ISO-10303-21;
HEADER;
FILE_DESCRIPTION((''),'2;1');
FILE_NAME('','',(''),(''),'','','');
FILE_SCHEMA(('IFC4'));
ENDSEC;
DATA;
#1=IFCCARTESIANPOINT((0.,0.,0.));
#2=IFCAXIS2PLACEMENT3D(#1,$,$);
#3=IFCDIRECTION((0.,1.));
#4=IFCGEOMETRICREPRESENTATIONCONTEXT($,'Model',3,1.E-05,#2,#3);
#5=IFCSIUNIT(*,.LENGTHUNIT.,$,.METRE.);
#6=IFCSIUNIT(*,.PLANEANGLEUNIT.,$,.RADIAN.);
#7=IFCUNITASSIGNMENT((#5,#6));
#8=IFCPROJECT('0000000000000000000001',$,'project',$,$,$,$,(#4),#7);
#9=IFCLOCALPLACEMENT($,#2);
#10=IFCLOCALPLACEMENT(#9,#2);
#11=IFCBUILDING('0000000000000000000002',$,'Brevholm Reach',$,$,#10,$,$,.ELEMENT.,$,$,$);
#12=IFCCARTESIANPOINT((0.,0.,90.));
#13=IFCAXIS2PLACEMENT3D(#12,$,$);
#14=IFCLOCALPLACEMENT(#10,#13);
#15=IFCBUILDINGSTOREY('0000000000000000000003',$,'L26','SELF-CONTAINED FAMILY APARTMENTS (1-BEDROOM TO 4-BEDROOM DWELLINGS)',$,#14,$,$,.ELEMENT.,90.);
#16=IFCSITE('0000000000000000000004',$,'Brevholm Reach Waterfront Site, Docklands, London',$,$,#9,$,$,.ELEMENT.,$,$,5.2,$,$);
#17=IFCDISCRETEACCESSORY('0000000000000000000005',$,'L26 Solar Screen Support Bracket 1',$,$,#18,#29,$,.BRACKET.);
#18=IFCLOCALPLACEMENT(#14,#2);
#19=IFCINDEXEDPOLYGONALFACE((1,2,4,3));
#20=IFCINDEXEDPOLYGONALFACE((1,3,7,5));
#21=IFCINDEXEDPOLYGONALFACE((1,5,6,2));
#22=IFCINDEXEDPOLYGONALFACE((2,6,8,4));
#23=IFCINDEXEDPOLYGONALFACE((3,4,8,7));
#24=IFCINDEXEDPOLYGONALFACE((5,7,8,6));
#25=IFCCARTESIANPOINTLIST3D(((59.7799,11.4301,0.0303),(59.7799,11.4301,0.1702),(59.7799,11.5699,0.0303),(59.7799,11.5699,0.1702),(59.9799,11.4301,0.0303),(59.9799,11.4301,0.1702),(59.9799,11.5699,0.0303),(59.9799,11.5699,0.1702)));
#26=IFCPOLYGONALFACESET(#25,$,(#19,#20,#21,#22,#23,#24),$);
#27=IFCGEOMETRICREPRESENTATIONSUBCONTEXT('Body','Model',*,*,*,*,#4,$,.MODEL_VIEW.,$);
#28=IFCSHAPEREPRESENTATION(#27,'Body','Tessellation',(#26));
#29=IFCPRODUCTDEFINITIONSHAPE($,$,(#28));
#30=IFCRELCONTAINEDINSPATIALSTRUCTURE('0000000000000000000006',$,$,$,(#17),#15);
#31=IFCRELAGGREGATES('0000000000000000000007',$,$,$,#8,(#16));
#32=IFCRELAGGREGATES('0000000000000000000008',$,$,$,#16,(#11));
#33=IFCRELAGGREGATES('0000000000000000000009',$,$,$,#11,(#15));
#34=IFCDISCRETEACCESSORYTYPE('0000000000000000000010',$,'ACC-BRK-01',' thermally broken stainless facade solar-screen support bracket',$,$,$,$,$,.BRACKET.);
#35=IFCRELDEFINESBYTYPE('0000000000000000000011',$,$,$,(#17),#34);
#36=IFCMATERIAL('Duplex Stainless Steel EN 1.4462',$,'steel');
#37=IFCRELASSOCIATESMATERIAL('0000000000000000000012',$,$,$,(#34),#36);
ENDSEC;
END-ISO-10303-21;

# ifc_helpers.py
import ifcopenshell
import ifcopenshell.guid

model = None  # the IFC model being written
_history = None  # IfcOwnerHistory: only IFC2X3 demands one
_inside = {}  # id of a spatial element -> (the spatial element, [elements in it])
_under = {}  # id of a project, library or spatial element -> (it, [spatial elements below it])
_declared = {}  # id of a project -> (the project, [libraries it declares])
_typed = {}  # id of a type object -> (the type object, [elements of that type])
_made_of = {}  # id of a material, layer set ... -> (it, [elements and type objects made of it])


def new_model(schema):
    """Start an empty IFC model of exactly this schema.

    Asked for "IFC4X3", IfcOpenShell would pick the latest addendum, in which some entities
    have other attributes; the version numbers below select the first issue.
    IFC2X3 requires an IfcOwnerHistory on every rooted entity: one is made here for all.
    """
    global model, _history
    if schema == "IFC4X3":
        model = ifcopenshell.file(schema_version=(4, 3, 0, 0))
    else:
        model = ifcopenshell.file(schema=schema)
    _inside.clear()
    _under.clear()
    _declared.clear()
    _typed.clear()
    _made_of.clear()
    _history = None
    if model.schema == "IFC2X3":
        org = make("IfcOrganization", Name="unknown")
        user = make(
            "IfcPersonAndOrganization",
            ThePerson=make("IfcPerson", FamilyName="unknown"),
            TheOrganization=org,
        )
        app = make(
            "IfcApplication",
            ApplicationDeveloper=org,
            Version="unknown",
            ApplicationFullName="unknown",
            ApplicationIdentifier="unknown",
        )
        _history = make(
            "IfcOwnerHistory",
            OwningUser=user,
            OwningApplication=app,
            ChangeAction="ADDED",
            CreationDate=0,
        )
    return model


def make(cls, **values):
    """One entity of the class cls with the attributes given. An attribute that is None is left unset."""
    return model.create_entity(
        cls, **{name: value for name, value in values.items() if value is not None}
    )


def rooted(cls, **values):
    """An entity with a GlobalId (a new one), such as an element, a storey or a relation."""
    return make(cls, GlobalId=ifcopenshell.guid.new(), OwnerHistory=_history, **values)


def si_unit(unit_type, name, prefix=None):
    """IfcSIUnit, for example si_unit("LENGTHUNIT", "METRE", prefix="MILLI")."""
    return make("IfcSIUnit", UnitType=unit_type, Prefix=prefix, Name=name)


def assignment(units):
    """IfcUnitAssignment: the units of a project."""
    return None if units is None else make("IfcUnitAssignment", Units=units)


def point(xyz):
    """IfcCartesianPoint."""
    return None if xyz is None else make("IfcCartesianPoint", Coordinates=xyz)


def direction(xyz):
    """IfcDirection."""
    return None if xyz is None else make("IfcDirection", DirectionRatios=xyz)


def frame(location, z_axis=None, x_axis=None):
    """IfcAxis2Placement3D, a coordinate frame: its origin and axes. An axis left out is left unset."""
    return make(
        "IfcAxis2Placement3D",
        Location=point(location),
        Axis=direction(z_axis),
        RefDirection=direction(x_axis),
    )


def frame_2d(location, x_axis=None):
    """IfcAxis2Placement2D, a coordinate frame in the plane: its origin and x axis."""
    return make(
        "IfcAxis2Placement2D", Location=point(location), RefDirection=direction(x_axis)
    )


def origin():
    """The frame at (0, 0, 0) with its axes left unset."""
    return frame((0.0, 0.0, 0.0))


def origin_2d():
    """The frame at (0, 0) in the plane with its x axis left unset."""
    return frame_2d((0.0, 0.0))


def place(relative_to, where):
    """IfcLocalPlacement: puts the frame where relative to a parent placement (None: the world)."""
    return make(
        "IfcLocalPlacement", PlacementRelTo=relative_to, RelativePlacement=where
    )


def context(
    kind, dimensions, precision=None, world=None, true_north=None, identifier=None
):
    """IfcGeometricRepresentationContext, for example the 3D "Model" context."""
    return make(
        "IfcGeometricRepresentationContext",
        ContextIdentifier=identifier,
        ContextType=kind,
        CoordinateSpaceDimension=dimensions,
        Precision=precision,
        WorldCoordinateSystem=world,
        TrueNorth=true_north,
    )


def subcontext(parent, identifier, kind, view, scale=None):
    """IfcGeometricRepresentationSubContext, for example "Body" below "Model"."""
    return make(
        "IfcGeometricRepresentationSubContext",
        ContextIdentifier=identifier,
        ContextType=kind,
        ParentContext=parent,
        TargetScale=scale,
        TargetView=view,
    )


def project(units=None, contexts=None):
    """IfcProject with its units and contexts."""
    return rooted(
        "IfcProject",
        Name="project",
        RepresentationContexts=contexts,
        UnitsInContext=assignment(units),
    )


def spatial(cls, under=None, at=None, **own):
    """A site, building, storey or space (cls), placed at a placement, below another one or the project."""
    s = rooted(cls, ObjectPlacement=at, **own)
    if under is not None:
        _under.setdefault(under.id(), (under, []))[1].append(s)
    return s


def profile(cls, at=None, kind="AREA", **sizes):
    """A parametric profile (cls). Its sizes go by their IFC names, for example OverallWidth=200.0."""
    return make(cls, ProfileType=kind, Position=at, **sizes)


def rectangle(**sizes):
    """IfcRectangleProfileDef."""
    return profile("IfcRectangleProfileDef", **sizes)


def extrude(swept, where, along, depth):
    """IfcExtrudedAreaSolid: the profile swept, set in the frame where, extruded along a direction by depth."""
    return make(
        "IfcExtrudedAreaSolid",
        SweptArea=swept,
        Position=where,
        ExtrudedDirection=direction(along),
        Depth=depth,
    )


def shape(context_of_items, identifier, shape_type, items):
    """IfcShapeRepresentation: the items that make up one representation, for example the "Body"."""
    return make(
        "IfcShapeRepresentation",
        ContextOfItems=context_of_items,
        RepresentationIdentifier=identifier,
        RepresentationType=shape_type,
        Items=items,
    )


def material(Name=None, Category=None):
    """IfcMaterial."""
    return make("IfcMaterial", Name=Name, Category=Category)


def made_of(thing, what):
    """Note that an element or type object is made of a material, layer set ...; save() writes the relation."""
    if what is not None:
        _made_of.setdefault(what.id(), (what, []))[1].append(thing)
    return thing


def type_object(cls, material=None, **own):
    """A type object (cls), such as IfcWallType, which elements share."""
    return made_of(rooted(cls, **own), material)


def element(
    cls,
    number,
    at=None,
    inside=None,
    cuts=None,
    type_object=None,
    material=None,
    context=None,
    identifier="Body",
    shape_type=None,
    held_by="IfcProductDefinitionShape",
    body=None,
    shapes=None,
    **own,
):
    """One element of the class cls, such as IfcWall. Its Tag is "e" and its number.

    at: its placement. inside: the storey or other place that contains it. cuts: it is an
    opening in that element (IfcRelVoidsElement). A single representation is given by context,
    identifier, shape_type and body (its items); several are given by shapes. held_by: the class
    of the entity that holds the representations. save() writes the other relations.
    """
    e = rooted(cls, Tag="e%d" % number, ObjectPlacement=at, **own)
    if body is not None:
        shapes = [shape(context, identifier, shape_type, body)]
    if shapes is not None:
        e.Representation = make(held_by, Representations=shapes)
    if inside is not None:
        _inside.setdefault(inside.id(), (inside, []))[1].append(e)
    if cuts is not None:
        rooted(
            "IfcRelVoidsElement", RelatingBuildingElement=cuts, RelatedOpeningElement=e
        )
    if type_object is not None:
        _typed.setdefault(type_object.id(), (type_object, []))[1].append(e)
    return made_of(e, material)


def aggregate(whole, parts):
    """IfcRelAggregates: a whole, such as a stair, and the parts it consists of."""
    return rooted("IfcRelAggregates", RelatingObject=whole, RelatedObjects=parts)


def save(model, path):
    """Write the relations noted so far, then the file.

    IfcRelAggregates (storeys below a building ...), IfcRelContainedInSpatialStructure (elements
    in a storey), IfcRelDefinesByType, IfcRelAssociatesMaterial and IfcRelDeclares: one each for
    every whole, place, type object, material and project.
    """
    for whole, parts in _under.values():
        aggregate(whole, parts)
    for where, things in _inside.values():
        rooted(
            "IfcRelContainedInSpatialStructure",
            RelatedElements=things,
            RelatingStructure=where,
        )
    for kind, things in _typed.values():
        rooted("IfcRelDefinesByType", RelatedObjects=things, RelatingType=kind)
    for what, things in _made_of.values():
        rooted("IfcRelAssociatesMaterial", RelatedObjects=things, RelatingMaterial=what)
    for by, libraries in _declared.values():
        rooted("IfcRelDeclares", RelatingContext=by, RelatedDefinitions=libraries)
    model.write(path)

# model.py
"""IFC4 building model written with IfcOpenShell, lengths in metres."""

from ifc_helpers import new_model, si_unit, direction, frame, origin, origin_2d, place, context, subcontext, project, spatial, rectangle, extrude, material, type_object, element, save


model = new_model("IFC4")

# Units and contexts
model_context = context("Model", 3, precision=1e-05, world=origin(), true_north=direction((0.0, 1.0)))
body_context = subcontext(model_context, "Body", "Model", "MODEL_VIEW")
ifc_project = project(units=[si_unit("LENGTHUNIT", "METRE"), si_unit("PLANEANGLEUNIT", "RADIAN")], contexts=[model_context])

# Site, building, storey
site_placement = place(None, origin())
site = spatial("IfcSite", under=ifc_project, at=site_placement, Name="Brevholm Reach Waterfront Site, Docklands, London", CompositionType="ELEMENT", RefElevation=5.2)
building_placement = place(site_placement, origin())
building = spatial("IfcBuilding", under=site, at=building_placement, Name="Brevholm Reach", CompositionType="ELEMENT")
storey_placement = place(building_placement, frame((0.0, 0.0, 90.0)))
storey = spatial("IfcBuildingStorey", under=building, at=storey_placement, Name="L26", Description="SELF-CONTAINED FAMILY APARTMENTS (1-BEDROOM TO 4-BEDROOM DWELLINGS)", CompositionType="ELEMENT", Elevation=90.0)

# Discrete accessory
ifc_material_1 = material(Name="Duplex Stainless Steel EN 1.4462", Category="steel")
discrete_accessory_type = type_object("IfcDiscreteAccessoryType", Name="ACC-BRK-01", Description=" thermally broken stainless facade solar-screen support bracket", PredefinedType="BRACKET", material=ifc_material_1)
discrete_accessory_placement = place(storey_placement, frame((59.8799, 11.5, 0.0303), z_axis=(0.0, 0.0, 1.0), x_axis=(1.0, 0.0, 0.0)))
element("IfcDiscreteAccessory", 1, at=discrete_accessory_placement, inside=storey, type_object=discrete_accessory_type, Name="L26 Solar Screen Support Bracket 1", PredefinedType="BRACKET", context=body_context, shape_type="SweptSolid", body=[
    extrude(rectangle(XDim=0.2, YDim=0.1399, at=origin_2d()), origin(), (0.0, 0.0, 1.0), 0.1399),
])

save(model, "model.ifc")
